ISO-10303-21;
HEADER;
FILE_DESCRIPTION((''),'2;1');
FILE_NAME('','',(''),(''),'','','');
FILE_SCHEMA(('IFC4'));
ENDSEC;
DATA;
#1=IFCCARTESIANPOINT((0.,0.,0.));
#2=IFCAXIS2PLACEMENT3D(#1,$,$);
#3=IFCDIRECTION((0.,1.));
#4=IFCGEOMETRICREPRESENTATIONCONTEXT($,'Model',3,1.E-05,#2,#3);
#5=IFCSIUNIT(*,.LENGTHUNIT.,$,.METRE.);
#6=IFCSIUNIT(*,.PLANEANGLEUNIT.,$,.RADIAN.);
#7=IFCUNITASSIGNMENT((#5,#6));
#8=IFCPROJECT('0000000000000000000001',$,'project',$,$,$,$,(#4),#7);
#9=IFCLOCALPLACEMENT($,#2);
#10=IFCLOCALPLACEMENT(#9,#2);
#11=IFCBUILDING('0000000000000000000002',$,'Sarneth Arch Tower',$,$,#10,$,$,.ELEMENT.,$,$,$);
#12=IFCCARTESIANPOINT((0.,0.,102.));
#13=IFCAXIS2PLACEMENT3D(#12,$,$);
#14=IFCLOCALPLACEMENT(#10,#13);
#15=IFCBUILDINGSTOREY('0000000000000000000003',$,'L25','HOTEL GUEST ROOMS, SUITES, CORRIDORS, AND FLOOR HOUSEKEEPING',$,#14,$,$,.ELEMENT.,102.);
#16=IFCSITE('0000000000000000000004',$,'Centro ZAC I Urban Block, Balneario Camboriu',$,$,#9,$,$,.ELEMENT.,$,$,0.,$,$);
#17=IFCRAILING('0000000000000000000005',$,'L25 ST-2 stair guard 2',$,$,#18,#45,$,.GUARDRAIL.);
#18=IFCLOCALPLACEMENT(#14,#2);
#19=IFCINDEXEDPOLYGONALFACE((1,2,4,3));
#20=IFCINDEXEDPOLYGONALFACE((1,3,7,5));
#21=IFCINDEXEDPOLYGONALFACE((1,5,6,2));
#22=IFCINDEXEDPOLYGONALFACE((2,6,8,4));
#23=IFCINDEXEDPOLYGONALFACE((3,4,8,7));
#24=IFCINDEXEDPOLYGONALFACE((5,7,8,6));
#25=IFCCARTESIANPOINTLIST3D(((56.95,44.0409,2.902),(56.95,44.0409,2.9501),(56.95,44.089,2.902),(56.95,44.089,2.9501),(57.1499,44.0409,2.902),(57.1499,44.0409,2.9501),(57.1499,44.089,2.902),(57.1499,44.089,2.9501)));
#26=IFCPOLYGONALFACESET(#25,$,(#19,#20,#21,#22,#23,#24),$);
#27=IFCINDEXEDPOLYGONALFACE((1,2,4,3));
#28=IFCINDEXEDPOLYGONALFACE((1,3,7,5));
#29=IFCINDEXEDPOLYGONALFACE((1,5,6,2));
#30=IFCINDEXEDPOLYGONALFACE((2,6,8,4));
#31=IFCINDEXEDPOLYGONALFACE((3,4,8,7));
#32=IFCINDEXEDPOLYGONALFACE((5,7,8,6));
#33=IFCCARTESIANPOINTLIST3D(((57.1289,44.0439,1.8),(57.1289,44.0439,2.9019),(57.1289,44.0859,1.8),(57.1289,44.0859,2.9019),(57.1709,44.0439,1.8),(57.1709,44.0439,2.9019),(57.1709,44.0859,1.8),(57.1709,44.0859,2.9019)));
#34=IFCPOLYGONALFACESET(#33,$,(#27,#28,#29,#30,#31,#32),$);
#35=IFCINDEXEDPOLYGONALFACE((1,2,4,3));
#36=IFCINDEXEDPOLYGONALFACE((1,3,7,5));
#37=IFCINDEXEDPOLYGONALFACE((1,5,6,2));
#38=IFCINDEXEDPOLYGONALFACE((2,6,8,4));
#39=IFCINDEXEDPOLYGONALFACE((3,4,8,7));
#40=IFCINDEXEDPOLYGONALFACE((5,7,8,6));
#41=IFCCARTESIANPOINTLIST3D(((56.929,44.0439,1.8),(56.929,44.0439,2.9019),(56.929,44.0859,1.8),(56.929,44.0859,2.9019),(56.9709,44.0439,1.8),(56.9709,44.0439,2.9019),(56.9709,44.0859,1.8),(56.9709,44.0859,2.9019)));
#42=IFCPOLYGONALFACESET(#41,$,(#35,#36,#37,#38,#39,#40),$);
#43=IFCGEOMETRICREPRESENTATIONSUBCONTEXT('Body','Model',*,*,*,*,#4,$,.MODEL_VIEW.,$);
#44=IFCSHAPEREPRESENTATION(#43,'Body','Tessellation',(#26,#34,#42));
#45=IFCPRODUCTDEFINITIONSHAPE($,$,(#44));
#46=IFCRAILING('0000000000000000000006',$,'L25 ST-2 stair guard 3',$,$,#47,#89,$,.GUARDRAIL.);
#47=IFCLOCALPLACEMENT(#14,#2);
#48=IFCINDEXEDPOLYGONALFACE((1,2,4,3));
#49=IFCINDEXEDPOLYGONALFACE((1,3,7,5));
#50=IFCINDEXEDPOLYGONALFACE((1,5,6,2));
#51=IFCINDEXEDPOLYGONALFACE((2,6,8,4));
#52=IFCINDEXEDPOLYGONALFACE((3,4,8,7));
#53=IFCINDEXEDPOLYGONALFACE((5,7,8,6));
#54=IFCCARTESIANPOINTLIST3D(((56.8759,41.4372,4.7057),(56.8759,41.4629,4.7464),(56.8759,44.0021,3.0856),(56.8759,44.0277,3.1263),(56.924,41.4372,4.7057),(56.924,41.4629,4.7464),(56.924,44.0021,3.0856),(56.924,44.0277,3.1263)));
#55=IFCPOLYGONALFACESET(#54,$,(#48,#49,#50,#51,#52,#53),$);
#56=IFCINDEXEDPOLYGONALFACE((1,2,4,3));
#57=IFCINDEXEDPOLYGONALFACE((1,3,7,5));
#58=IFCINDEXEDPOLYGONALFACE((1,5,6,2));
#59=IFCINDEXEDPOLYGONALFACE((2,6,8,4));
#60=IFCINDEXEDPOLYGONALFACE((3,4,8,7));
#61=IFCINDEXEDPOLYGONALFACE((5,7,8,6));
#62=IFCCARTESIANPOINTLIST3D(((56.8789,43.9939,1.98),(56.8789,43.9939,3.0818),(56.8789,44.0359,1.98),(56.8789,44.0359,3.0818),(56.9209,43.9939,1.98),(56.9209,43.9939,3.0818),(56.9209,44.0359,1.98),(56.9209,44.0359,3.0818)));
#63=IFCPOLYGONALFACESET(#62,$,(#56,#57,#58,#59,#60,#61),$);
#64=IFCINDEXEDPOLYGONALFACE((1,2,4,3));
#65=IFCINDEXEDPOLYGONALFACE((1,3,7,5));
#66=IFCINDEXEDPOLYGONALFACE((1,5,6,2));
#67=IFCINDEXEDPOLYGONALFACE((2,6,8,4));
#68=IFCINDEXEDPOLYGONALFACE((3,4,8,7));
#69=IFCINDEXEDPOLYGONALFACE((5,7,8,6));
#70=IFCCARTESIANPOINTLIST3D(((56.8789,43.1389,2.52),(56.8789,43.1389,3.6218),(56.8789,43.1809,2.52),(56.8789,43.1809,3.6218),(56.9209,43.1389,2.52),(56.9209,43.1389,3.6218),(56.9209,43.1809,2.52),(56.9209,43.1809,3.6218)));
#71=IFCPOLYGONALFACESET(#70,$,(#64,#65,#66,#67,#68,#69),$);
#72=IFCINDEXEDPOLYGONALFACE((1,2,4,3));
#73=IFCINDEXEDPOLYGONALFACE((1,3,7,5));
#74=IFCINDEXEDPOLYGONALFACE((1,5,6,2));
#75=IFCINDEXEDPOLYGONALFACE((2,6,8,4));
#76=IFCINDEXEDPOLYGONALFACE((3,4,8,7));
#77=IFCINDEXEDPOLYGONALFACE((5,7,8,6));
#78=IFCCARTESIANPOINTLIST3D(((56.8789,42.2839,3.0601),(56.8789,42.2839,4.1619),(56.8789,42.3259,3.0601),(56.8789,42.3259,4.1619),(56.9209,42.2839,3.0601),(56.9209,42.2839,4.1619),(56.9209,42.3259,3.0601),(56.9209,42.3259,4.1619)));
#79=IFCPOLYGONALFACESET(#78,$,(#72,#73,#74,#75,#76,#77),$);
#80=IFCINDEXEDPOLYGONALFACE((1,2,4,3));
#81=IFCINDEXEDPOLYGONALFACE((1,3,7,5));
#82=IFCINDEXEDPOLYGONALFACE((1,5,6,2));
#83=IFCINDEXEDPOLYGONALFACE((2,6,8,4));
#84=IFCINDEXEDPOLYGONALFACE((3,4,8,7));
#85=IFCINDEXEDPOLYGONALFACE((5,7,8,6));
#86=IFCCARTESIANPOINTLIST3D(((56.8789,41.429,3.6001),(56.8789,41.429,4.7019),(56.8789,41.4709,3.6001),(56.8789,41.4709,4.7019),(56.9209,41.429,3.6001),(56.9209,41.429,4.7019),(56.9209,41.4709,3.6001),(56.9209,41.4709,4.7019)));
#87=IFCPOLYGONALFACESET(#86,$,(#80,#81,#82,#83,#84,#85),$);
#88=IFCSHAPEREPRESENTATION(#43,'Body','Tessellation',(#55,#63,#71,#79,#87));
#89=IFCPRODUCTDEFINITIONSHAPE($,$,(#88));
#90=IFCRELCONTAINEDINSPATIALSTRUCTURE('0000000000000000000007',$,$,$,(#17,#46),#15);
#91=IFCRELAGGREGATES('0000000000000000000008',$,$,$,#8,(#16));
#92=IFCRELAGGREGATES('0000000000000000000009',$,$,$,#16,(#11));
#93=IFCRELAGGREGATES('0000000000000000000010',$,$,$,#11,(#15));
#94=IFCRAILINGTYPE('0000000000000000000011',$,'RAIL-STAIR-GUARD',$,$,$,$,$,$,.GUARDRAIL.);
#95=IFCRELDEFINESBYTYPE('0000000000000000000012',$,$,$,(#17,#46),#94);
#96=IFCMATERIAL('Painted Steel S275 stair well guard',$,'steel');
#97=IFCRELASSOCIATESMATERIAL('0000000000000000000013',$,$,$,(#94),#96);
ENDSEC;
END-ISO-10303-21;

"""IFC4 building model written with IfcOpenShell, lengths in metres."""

from ifc_helpers import new_model, si_unit, direction, frame, origin, origin_2d, place, context, subcontext, project, spatial, rectangle, extrude, material, type_object, element, save


model = new_model("IFC4")

# Units and contexts
model_context = context("Model", 3, precision=1e-05, world=origin(), true_north=direction((0.0, 1.0)))
body_context = subcontext(model_context, "Body", "Model", "MODEL_VIEW")
ifc_project = project(units=[si_unit("LENGTHUNIT", "METRE"), si_unit("PLANEANGLEUNIT", "RADIAN")], contexts=[model_context])

# Site, building, storey
site_placement = place(None, origin())
site = spatial("IfcSite", under=ifc_project, at=site_placement, Name="Centro ZAC I Urban Block, Balneario Camboriu", CompositionType="ELEMENT", RefElevation=0.0)
building_placement = place(site_placement, origin())
building = spatial("IfcBuilding", under=site, at=building_placement, Name="Sarneth Arch Tower", CompositionType="ELEMENT")
storey_placement = place(building_placement, frame((0.0, 0.0, 102.0)))
storey = spatial("IfcBuildingStorey", under=building, at=storey_placement, Name="L25", Description="HOTEL GUEST ROOMS, SUITES, CORRIDORS, AND FLOOR HOUSEKEEPING", CompositionType="ELEMENT", Elevation=102.0)

# Railings
ifc_material_1 = material(Name="Painted Steel S275 stair well guard", Category="steel")
railing_type_1 = type_object("IfcRailingType", Name="RAIL-STAIR-GUARD", PredefinedType="GUARDRAIL", material=ifc_material_1)
railing_1_placement = place(storey_placement, frame((57.1499, 44.0649, 1.8)))
element("IfcRailing", 1, at=railing_1_placement, inside=storey, type_object=railing_type_1, Name="L25 ST-2 stair guard 2", PredefinedType="GUARDRAIL", context=body_context, shape_type="SweptSolid", body=[
    extrude(rectangle(XDim=0.0481, YDim=0.0481, at=origin_2d()), frame((0.0, 0.0, 1.126), z_axis=(-1.0, 0.0, 0.0), x_axis=(0.0, -1.0, 0.0)), (0.0, 0.0, 1.0), 0.2),
    extrude(rectangle(XDim=0.042, YDim=0.042, at=origin_2d()), origin(), (0.0, 0.0, 1.0), 1.1018),
    extrude(rectangle(XDim=0.042, YDim=0.042, at=origin_2d()), frame((-0.2, 0.0, 0.0)), (0.0, 0.0, 1.0), 1.1018),
])
railing_2_placement = place(storey_placement, frame((56.8999, 44.0149, 1.98)))
element("IfcRailing", 2, at=railing_2_placement, inside=storey, type_object=railing_type_1, Name="L25 ST-2 stair guard 3", PredefinedType="GUARDRAIL", context=body_context, shape_type="SweptSolid", body=[
    extrude(rectangle(XDim=0.0481, YDim=0.0481, at=origin_2d()), frame((0.0, 0.0, 1.126), z_axis=(0.0, -0.845466, 0.534029), x_axis=(1.0, 0.0, 0.0)), (0.0, 0.0, 1.0), 3.0337),
    extrude(rectangle(XDim=0.042, YDim=0.042, at=origin_2d()), origin(), (0.0, 0.0, 1.0), 1.1018),
    extrude(rectangle(XDim=0.042, YDim=0.042, at=origin_2d()), frame((0.0, -0.855, 0.54)), (0.0, 0.0, 1.0), 1.1018),
    extrude(rectangle(XDim=0.042, YDim=0.042, at=origin_2d()), frame((0.0, -1.71, 1.0801)), (0.0, 0.0, 1.0), 1.1018),
    extrude(rectangle(XDim=0.042, YDim=0.042, at=origin_2d()), frame((0.0, -2.5649, 1.6201)), (0.0, 0.0, 1.0), 1.1018),
])

save(model, "model.ifc")
